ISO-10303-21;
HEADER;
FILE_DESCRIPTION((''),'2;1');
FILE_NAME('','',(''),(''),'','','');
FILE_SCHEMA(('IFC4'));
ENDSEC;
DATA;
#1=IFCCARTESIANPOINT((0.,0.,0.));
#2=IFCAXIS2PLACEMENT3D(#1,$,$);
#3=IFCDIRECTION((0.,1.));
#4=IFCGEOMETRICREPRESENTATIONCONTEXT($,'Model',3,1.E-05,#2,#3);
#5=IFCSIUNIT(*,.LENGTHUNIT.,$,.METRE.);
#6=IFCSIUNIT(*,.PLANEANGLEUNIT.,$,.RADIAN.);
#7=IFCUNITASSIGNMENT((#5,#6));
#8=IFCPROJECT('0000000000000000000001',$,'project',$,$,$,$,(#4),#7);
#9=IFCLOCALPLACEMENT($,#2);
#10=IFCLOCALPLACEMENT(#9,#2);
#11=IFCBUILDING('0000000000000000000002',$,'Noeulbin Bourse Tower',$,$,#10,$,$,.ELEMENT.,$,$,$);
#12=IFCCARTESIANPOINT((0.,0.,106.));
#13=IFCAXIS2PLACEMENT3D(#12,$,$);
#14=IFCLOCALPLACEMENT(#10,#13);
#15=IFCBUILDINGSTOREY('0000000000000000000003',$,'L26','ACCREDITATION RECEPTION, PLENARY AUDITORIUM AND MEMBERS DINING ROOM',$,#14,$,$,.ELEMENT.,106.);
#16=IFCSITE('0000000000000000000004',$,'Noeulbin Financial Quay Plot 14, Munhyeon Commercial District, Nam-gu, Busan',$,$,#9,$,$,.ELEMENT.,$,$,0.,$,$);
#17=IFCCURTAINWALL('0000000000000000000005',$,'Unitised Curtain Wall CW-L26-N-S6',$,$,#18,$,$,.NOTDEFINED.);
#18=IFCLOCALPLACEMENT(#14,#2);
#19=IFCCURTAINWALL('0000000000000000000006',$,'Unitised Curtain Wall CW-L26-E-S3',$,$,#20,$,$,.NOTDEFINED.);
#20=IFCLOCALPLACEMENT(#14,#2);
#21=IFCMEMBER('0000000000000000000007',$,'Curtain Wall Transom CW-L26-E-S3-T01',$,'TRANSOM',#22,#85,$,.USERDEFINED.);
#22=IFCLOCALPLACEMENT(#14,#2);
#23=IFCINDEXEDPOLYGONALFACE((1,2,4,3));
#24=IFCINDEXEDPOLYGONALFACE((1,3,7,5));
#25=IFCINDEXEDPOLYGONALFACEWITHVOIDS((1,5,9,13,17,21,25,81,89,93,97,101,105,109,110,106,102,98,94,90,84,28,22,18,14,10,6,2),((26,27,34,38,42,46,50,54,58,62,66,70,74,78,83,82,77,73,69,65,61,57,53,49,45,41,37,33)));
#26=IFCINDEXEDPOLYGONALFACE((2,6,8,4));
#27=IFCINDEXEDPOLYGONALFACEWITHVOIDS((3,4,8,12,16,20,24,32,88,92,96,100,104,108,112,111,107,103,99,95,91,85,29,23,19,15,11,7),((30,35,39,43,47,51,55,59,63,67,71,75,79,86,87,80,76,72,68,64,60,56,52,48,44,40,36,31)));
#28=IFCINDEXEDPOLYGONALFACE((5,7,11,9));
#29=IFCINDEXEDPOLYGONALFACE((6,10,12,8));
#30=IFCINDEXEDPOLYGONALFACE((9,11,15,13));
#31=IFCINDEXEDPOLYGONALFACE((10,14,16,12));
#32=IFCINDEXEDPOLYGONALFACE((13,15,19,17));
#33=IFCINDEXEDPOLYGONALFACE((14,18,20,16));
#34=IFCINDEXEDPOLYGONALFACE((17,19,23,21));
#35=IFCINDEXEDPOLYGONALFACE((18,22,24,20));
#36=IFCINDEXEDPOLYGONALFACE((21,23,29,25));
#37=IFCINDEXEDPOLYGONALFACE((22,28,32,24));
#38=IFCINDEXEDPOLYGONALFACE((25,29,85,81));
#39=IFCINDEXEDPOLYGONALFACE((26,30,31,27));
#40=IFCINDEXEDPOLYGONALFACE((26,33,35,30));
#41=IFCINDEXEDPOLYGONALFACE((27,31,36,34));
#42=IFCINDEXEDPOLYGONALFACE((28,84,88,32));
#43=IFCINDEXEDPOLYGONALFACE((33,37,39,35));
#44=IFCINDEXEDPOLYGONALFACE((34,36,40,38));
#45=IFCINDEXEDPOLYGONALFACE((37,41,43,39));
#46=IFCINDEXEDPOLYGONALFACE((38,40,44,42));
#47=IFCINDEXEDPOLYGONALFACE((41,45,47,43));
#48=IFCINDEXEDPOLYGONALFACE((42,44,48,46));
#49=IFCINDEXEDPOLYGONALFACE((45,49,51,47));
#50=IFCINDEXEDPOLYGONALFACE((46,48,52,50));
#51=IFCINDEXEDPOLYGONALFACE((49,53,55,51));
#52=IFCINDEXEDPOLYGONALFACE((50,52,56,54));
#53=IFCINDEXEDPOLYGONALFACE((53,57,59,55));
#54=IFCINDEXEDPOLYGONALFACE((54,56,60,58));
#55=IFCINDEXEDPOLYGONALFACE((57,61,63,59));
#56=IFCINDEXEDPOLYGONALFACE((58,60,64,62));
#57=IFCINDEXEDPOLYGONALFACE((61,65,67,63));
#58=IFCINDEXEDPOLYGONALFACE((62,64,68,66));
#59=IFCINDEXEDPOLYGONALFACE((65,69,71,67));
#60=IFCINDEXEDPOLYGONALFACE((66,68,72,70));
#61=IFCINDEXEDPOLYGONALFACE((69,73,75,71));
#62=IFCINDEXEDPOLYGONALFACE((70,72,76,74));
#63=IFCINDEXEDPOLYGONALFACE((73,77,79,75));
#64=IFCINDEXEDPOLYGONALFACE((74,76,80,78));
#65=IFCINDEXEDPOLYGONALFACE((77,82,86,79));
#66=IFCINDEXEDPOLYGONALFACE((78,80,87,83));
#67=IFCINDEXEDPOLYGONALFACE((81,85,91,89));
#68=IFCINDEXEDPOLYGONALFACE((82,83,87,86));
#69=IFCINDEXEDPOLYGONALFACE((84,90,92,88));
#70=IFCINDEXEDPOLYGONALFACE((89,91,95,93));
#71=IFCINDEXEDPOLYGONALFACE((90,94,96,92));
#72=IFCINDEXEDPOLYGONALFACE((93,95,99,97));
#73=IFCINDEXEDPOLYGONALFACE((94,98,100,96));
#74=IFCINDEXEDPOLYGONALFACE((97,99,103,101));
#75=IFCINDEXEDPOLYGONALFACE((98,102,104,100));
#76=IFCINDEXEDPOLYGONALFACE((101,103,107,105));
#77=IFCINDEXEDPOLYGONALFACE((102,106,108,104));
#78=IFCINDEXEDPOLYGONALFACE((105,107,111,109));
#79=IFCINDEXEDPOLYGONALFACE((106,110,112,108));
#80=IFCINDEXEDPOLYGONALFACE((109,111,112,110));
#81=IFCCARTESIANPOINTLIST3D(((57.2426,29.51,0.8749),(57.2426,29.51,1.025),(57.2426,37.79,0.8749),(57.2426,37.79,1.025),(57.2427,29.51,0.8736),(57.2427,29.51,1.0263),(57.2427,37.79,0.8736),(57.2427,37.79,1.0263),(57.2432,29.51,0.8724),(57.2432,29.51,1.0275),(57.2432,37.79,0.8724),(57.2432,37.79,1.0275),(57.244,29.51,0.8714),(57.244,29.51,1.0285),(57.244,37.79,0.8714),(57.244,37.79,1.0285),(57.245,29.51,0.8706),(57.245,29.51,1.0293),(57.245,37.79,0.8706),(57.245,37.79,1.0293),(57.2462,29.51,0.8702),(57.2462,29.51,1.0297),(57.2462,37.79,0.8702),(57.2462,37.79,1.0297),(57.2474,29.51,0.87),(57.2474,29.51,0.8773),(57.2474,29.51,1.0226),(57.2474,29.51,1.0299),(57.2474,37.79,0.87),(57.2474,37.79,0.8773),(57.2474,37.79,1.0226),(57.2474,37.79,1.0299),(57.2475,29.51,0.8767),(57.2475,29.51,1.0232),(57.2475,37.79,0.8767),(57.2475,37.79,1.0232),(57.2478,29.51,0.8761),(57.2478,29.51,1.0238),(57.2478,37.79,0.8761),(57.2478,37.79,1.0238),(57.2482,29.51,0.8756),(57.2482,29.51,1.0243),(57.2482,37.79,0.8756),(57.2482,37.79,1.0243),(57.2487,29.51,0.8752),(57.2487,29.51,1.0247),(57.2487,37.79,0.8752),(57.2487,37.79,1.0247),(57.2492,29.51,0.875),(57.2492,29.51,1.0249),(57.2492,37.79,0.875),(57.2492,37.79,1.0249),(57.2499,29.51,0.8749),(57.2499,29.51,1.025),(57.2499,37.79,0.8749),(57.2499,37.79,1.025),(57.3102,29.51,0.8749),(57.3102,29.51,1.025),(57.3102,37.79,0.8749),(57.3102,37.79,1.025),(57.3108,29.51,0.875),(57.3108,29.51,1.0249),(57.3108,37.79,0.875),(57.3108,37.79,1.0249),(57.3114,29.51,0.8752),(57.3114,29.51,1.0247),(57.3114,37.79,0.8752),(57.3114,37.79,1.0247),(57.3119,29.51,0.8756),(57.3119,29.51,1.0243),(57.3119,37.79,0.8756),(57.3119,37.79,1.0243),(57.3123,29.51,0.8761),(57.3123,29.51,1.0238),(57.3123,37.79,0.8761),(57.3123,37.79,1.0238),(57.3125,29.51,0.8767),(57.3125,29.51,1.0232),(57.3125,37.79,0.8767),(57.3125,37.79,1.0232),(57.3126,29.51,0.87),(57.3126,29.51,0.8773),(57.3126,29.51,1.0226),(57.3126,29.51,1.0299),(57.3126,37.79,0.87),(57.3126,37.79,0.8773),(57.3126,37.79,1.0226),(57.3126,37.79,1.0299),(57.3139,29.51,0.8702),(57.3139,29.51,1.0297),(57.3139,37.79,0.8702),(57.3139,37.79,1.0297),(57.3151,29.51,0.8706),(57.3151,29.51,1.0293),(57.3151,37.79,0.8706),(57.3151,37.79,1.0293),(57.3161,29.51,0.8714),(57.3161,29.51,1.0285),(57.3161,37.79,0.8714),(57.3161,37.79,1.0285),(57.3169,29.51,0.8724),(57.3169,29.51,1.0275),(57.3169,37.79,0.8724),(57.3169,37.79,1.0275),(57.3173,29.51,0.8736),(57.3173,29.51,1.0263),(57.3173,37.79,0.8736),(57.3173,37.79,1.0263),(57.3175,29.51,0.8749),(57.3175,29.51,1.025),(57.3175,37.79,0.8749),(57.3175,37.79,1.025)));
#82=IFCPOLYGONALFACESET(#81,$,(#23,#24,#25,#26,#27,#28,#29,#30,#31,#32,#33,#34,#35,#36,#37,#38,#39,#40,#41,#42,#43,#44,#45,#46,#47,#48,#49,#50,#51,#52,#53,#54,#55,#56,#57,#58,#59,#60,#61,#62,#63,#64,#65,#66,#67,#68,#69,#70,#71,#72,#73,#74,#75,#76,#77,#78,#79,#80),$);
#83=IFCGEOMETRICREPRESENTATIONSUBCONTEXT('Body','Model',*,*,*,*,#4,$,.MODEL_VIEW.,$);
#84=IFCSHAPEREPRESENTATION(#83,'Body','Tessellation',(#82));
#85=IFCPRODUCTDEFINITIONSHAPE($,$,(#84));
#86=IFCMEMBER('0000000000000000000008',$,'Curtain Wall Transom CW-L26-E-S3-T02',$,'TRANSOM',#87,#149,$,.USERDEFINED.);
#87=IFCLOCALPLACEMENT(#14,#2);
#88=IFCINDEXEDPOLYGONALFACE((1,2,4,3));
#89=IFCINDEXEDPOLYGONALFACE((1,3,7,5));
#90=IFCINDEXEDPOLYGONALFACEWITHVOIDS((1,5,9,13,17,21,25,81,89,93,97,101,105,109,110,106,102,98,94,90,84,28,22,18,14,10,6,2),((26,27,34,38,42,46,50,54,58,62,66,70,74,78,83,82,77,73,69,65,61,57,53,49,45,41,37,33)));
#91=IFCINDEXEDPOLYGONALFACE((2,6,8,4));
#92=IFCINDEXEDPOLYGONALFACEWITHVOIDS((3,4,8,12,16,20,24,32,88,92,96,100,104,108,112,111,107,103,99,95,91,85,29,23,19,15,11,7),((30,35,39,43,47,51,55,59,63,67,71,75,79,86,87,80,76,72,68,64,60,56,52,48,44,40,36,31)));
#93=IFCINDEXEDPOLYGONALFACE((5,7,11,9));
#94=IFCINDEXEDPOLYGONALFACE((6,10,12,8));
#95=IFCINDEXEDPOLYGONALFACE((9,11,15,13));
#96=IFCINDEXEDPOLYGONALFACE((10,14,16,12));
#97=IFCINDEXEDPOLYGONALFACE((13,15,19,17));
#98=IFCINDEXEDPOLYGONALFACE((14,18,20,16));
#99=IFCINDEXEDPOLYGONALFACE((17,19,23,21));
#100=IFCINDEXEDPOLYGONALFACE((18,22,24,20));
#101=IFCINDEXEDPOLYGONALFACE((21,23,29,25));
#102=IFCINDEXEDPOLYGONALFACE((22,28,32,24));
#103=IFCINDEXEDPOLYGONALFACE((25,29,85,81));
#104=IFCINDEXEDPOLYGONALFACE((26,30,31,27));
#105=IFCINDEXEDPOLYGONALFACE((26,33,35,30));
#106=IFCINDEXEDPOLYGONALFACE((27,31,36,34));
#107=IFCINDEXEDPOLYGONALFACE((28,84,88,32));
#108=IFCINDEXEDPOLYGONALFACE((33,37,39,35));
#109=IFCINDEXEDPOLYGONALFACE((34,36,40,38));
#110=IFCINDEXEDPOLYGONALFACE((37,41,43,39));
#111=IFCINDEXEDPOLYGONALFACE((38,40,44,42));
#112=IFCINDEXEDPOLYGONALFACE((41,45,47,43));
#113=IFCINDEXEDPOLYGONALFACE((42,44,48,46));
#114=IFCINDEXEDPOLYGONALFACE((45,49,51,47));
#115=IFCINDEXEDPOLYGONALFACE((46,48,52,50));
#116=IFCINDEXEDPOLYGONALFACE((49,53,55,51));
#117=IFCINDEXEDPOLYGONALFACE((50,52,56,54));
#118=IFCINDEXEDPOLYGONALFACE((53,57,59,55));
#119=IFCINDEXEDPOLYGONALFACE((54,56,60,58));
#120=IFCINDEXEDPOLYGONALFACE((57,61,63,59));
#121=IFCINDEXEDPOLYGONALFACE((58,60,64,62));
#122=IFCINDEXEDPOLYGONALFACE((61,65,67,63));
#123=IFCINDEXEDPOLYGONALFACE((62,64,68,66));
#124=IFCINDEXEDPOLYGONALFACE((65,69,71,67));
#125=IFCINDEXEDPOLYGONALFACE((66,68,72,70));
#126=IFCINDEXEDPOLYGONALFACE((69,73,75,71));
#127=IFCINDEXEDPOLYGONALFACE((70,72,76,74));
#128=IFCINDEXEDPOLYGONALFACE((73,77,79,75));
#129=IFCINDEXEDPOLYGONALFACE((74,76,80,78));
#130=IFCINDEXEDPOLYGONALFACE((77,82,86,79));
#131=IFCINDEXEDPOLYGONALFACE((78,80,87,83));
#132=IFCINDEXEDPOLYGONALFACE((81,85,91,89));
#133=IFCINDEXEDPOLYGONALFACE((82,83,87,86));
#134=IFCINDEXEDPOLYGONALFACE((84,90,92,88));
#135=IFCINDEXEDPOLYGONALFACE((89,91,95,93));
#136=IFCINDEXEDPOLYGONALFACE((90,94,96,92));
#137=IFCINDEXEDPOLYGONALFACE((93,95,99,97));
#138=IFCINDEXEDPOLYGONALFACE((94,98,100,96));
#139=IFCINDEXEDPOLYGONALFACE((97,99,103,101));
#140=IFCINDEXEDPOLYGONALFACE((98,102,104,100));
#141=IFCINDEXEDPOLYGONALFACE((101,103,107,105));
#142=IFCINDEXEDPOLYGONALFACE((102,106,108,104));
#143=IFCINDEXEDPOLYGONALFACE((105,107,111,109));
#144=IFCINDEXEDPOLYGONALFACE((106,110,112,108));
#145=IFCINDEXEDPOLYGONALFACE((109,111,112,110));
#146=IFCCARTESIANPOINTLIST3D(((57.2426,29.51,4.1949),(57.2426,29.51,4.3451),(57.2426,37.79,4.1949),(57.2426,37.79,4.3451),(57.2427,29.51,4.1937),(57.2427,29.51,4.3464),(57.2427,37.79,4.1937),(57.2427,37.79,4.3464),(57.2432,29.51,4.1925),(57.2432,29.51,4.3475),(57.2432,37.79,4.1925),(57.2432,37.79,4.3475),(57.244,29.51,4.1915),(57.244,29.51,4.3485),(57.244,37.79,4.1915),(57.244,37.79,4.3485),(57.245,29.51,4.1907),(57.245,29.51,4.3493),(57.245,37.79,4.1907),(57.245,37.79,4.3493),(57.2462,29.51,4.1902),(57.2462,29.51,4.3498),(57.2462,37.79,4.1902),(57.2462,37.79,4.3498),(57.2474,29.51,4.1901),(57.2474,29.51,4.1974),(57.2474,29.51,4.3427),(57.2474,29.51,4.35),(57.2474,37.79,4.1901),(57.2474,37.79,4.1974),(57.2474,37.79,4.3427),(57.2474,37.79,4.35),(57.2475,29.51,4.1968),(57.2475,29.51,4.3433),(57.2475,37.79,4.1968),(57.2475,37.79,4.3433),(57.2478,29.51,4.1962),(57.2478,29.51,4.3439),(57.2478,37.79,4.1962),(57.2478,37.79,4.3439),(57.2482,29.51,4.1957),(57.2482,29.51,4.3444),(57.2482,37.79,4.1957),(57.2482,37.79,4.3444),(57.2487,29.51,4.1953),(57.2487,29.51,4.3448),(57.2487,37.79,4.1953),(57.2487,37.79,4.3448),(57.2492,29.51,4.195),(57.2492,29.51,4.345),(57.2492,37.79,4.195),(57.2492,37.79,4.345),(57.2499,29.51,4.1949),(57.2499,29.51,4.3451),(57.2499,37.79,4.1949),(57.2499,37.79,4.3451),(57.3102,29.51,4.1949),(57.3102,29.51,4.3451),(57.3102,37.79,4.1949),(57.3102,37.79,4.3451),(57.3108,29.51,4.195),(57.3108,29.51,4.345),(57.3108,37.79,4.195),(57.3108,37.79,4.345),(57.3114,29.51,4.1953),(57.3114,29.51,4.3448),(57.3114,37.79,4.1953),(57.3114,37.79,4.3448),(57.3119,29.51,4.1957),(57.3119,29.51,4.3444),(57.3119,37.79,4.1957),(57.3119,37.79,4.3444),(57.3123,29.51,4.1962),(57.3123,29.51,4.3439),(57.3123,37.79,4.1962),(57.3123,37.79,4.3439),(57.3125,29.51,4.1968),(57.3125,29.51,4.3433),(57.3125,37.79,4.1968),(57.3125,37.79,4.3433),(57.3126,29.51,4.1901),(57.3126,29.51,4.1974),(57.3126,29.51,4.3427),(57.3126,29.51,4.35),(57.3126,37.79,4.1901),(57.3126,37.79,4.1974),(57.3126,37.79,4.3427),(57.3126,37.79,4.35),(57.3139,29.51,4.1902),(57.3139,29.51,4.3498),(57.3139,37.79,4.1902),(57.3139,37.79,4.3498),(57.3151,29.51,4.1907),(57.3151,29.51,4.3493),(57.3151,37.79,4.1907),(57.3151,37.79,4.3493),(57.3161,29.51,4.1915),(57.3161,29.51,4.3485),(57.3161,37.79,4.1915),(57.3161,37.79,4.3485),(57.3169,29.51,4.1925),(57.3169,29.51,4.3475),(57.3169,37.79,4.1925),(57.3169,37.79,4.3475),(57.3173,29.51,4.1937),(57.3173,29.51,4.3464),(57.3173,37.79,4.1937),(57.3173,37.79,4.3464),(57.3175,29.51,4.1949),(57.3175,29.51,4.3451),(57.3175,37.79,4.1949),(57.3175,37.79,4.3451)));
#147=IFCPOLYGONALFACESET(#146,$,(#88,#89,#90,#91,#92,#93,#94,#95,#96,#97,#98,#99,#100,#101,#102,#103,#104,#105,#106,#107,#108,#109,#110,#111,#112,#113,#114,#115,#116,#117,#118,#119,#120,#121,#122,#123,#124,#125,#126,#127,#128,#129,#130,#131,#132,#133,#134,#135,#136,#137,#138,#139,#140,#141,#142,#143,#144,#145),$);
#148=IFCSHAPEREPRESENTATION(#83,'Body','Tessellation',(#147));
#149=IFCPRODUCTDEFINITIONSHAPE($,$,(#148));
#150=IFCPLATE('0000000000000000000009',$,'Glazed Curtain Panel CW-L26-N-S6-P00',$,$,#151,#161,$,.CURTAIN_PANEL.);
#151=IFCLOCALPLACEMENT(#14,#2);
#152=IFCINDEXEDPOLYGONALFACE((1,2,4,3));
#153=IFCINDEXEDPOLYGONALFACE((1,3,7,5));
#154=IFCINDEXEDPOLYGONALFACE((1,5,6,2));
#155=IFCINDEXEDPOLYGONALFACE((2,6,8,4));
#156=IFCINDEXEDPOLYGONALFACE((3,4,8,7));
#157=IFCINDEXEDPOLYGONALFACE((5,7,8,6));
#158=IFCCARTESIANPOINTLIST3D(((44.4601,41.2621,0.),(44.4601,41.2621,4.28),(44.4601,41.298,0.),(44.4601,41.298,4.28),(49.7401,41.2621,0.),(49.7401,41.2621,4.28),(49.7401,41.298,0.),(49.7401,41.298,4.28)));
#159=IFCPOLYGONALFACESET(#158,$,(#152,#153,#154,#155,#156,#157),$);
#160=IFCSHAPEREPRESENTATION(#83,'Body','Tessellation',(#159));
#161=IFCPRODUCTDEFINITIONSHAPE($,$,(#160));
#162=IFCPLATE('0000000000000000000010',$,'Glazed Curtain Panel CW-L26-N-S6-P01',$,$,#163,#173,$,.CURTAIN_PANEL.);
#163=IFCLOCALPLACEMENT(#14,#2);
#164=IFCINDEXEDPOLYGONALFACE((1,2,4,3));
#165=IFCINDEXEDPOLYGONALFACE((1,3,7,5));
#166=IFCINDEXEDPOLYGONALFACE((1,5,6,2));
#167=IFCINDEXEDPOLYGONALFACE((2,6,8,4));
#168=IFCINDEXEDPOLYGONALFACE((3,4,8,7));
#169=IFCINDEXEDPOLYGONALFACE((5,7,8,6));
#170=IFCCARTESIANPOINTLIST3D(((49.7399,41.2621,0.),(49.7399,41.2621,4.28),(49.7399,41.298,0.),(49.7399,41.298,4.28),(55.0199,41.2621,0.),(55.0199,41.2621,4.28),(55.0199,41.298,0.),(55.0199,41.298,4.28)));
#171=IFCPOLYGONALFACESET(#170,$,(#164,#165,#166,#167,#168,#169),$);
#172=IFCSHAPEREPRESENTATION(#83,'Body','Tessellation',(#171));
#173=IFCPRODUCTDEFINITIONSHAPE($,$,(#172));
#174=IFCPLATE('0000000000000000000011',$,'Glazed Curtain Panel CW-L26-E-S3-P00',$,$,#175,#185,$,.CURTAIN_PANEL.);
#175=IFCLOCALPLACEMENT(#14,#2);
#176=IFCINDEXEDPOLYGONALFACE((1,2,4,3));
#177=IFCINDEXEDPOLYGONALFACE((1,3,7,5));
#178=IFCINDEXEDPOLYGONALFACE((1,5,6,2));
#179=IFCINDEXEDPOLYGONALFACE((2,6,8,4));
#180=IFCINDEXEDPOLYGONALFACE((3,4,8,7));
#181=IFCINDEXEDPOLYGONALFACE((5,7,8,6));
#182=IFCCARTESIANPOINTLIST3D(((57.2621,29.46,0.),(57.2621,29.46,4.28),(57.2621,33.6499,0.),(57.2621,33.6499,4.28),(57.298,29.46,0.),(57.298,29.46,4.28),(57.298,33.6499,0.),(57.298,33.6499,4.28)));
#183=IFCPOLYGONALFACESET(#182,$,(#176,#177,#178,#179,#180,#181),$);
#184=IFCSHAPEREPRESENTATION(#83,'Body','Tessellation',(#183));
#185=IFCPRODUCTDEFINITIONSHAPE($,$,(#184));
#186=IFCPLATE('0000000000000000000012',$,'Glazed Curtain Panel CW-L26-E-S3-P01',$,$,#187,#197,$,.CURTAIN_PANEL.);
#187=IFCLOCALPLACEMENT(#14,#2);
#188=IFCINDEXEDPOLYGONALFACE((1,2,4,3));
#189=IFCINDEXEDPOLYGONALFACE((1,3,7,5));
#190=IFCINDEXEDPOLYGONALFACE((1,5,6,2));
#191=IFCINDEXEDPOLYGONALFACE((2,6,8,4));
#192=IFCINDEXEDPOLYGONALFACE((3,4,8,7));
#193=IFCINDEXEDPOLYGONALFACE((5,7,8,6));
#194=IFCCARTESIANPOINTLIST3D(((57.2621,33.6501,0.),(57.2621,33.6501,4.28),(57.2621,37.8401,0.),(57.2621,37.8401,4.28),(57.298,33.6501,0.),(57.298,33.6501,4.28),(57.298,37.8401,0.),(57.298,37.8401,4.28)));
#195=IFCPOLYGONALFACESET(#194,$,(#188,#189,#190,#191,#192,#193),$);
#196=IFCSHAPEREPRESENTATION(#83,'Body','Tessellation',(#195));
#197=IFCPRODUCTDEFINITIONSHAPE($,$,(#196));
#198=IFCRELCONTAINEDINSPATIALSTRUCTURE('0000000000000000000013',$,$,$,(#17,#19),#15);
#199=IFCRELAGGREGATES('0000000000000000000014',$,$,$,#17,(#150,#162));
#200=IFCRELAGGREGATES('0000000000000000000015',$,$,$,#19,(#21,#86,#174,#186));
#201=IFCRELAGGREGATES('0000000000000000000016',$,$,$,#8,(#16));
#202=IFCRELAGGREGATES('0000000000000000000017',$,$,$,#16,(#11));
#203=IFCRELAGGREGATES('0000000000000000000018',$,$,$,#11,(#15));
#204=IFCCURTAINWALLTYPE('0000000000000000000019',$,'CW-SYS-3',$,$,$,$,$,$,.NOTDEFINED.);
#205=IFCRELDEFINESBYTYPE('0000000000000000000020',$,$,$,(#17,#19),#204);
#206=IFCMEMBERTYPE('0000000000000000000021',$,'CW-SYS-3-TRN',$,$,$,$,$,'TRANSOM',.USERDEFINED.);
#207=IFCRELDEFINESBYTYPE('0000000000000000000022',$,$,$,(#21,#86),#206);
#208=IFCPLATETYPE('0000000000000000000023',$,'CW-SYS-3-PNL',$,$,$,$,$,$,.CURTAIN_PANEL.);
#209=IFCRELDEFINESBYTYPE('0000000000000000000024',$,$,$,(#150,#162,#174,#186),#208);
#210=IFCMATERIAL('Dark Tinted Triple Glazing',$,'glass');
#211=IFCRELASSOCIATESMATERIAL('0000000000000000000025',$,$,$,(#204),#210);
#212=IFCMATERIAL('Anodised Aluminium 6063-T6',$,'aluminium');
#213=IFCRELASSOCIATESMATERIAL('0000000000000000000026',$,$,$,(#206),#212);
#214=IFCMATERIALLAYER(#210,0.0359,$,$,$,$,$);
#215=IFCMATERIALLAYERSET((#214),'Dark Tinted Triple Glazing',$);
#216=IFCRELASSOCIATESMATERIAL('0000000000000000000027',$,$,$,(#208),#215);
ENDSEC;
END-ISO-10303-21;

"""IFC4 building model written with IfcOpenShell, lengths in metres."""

from ifc_helpers import new_model, si_unit, direction, frame, origin, origin_2d, place, context, subcontext, project, spatial, rectangle, hollow_rectangle, extrude, material, layer, layer_set, material_profile, profile_set, type_object, element, aggregate, save


model = new_model("IFC4")

# Units and contexts
model_context = context("Model", 3, precision=1e-05, world=origin(), true_north=direction((0.0, 1.0)))
body_context = subcontext(model_context, "Body", "Model", "MODEL_VIEW")
ifc_project = project(units=[si_unit("LENGTHUNIT", "METRE"), si_unit("PLANEANGLEUNIT", "RADIAN")], contexts=[model_context])

# Site, building, storey
site_placement = place(None, origin())
site = spatial("IfcSite", under=ifc_project, at=site_placement, Name="Noeulbin Financial Quay Plot 14, Munhyeon Commercial District, Nam-gu, Busan", CompositionType="ELEMENT", RefElevation=0.0)
building_placement = place(site_placement, origin())
building = spatial("IfcBuilding", under=site, at=building_placement, Name="Noeulbin Bourse Tower", CompositionType="ELEMENT")
storey_placement = place(building_placement, frame((0.0, 0.0, 106.0)))
storey = spatial("IfcBuildingStorey", under=building, at=storey_placement, Name="L26", Description="ACCREDITATION RECEPTION, PLENARY AUDITORIUM AND MEMBERS DINING ROOM", CompositionType="ELEMENT", Elevation=106.0)

# Curtain walls
ifc_material_1 = material(Name="Dark Tinted Triple Glazing", Category="glass")
curtain_wall_type = type_object("IfcCurtainWallType", Name="CW-SYS-3", PredefinedType="NOTDEFINED", material=ifc_material_1)
curtain_wall_1_placement = place(storey_placement, origin())
curtain_wall_1 = element("IfcCurtainWall", 1, at=curtain_wall_1_placement, inside=storey, type_object=curtain_wall_type, Name="Unitised Curtain Wall CW-L26-N-S6", PredefinedType="NOTDEFINED")
ifc_material_2 = material(Name="Anodised Aluminium 6063-T6", Category="aluminium")
curtain_wall_2_placement = place(storey_placement, origin())
curtain_wall_2 = element("IfcCurtainWall", 2, at=curtain_wall_2_placement, inside=storey, type_object=curtain_wall_type, Name="Unitised Curtain Wall CW-L26-E-S3", PredefinedType="NOTDEFINED")

# Members
ifc_material_profile_1 = material_profile(ifc_material_2, hollow_rectangle(XDim=0.075, YDim=0.1599, WallThickness=0.0049, InnerFilletRadius=0.0024, OuterFilletRadius=0.0049, at=origin_2d()), Name="ALU-TRAN-75x160x5", Category="LoadBearing")
ifc_profile_set_1 = profile_set([ifc_material_profile_1], Name="Anodised Aluminium 6063-T6")
member_type_1 = type_object("IfcMemberType", Name="CW-SYS-3-TRN", ElementType="TRANSOM", PredefinedType="USERDEFINED", material=ifc_profile_set_1)
member_1_placement = place(storey_placement, frame((57.28, 29.51, 0.95), z_axis=(0.0, 1.0, 0.0), x_axis=(-1.0, 0.0, 0.0)))
member_1 = element("IfcMember", 3, at=member_1_placement, type_object=member_type_1, Name="Curtain Wall Transom CW-L26-E-S3-T01", ObjectType="TRANSOM", PredefinedType="USERDEFINED", context=body_context, shape_type="SweptSolid", body=[
    extrude(hollow_rectangle(XDim=0.075, YDim=0.1599, WallThickness=0.0049, InnerFilletRadius=0.0024, OuterFilletRadius=0.0049, at=origin_2d()), origin(), (0.0, 0.0, 1.0), 8.28),
])
member_2_placement = place(storey_placement, frame((57.28, 29.51, 4.27), z_axis=(0.0, 1.0, 0.0), x_axis=(-1.0, 0.0, 0.0)))
member_2 = element("IfcMember", 4, at=member_2_placement, type_object=member_type_1, Name="Curtain Wall Transom CW-L26-E-S3-T02", ObjectType="TRANSOM", PredefinedType="USERDEFINED", context=body_context, shape_type="SweptSolid", body=[
    extrude(hollow_rectangle(XDim=0.075, YDim=0.1599, WallThickness=0.0049, InnerFilletRadius=0.0024, OuterFilletRadius=0.0049, at=origin_2d()), origin(), (0.0, 0.0, 1.0), 8.28),
])

# Plates
ifc_layer_1 = layer(ifc_material_1, 0.0359)
ifc_layer_set_1 = layer_set([ifc_layer_1], Name="Dark Tinted Triple Glazing")
plate_type_1 = type_object("IfcPlateType", Name="CW-SYS-3-PNL", PredefinedType="CURTAIN_PANEL", material=ifc_layer_set_1)
plate_1_placement = place(storey_placement, frame((47.1001, 41.28, 0.0), z_axis=(0.0, 0.0, 1.0), x_axis=(1.0, 0.0, 0.0)))
plate_1 = element("IfcPlate", 5, at=plate_1_placement, type_object=plate_type_1, Name="Glazed Curtain Panel CW-L26-N-S6-P00", PredefinedType="CURTAIN_PANEL", context=body_context, shape_type="SweptSolid", body=[
    extrude(rectangle(XDim=5.28, YDim=0.0359, at=origin_2d()), origin(), (0.0, 0.0, 1.0), 4.28),
])
plate_2_placement = place(storey_placement, frame((52.3799, 41.28, 0.0), z_axis=(0.0, 0.0, 1.0), x_axis=(1.0, 0.0, 0.0)))
plate_2 = element("IfcPlate", 6, at=plate_2_placement, type_object=plate_type_1, Name="Glazed Curtain Panel CW-L26-N-S6-P01", PredefinedType="CURTAIN_PANEL", context=body_context, shape_type="SweptSolid", body=[
    extrude(rectangle(XDim=5.28, YDim=0.0359, at=origin_2d()), origin(), (0.0, 0.0, 1.0), 4.28),
])
aggregate(curtain_wall_1, [plate_1, plate_2])
plate_3_placement = place(storey_placement, frame((57.28, 31.5549, 0.0), z_axis=(0.0, 0.0, 1.0), x_axis=(0.0, 1.0, 0.0)))
plate_3 = element("IfcPlate", 7, at=plate_3_placement, type_object=plate_type_1, Name="Glazed Curtain Panel CW-L26-E-S3-P00", PredefinedType="CURTAIN_PANEL", context=body_context, shape_type="SweptSolid", body=[
    extrude(rectangle(XDim=4.1899, YDim=0.0359, at=origin_2d()), origin(), (0.0, 0.0, 1.0), 4.28),
])
plate_4_placement = place(storey_placement, frame((57.28, 35.7451, 0.0), z_axis=(0.0, 0.0, 1.0), x_axis=(0.0, 1.0, 0.0)))
plate_4 = element("IfcPlate", 8, at=plate_4_placement, type_object=plate_type_1, Name="Glazed Curtain Panel CW-L26-E-S3-P01", PredefinedType="CURTAIN_PANEL", context=body_context, shape_type="SweptSolid", body=[
    extrude(rectangle(XDim=4.1899, YDim=0.0359, at=origin_2d()), origin(), (0.0, 0.0, 1.0), 4.28),
])
aggregate(curtain_wall_2, [member_1, member_2, plate_3, plate_4])

save(model, "model.ifc")
